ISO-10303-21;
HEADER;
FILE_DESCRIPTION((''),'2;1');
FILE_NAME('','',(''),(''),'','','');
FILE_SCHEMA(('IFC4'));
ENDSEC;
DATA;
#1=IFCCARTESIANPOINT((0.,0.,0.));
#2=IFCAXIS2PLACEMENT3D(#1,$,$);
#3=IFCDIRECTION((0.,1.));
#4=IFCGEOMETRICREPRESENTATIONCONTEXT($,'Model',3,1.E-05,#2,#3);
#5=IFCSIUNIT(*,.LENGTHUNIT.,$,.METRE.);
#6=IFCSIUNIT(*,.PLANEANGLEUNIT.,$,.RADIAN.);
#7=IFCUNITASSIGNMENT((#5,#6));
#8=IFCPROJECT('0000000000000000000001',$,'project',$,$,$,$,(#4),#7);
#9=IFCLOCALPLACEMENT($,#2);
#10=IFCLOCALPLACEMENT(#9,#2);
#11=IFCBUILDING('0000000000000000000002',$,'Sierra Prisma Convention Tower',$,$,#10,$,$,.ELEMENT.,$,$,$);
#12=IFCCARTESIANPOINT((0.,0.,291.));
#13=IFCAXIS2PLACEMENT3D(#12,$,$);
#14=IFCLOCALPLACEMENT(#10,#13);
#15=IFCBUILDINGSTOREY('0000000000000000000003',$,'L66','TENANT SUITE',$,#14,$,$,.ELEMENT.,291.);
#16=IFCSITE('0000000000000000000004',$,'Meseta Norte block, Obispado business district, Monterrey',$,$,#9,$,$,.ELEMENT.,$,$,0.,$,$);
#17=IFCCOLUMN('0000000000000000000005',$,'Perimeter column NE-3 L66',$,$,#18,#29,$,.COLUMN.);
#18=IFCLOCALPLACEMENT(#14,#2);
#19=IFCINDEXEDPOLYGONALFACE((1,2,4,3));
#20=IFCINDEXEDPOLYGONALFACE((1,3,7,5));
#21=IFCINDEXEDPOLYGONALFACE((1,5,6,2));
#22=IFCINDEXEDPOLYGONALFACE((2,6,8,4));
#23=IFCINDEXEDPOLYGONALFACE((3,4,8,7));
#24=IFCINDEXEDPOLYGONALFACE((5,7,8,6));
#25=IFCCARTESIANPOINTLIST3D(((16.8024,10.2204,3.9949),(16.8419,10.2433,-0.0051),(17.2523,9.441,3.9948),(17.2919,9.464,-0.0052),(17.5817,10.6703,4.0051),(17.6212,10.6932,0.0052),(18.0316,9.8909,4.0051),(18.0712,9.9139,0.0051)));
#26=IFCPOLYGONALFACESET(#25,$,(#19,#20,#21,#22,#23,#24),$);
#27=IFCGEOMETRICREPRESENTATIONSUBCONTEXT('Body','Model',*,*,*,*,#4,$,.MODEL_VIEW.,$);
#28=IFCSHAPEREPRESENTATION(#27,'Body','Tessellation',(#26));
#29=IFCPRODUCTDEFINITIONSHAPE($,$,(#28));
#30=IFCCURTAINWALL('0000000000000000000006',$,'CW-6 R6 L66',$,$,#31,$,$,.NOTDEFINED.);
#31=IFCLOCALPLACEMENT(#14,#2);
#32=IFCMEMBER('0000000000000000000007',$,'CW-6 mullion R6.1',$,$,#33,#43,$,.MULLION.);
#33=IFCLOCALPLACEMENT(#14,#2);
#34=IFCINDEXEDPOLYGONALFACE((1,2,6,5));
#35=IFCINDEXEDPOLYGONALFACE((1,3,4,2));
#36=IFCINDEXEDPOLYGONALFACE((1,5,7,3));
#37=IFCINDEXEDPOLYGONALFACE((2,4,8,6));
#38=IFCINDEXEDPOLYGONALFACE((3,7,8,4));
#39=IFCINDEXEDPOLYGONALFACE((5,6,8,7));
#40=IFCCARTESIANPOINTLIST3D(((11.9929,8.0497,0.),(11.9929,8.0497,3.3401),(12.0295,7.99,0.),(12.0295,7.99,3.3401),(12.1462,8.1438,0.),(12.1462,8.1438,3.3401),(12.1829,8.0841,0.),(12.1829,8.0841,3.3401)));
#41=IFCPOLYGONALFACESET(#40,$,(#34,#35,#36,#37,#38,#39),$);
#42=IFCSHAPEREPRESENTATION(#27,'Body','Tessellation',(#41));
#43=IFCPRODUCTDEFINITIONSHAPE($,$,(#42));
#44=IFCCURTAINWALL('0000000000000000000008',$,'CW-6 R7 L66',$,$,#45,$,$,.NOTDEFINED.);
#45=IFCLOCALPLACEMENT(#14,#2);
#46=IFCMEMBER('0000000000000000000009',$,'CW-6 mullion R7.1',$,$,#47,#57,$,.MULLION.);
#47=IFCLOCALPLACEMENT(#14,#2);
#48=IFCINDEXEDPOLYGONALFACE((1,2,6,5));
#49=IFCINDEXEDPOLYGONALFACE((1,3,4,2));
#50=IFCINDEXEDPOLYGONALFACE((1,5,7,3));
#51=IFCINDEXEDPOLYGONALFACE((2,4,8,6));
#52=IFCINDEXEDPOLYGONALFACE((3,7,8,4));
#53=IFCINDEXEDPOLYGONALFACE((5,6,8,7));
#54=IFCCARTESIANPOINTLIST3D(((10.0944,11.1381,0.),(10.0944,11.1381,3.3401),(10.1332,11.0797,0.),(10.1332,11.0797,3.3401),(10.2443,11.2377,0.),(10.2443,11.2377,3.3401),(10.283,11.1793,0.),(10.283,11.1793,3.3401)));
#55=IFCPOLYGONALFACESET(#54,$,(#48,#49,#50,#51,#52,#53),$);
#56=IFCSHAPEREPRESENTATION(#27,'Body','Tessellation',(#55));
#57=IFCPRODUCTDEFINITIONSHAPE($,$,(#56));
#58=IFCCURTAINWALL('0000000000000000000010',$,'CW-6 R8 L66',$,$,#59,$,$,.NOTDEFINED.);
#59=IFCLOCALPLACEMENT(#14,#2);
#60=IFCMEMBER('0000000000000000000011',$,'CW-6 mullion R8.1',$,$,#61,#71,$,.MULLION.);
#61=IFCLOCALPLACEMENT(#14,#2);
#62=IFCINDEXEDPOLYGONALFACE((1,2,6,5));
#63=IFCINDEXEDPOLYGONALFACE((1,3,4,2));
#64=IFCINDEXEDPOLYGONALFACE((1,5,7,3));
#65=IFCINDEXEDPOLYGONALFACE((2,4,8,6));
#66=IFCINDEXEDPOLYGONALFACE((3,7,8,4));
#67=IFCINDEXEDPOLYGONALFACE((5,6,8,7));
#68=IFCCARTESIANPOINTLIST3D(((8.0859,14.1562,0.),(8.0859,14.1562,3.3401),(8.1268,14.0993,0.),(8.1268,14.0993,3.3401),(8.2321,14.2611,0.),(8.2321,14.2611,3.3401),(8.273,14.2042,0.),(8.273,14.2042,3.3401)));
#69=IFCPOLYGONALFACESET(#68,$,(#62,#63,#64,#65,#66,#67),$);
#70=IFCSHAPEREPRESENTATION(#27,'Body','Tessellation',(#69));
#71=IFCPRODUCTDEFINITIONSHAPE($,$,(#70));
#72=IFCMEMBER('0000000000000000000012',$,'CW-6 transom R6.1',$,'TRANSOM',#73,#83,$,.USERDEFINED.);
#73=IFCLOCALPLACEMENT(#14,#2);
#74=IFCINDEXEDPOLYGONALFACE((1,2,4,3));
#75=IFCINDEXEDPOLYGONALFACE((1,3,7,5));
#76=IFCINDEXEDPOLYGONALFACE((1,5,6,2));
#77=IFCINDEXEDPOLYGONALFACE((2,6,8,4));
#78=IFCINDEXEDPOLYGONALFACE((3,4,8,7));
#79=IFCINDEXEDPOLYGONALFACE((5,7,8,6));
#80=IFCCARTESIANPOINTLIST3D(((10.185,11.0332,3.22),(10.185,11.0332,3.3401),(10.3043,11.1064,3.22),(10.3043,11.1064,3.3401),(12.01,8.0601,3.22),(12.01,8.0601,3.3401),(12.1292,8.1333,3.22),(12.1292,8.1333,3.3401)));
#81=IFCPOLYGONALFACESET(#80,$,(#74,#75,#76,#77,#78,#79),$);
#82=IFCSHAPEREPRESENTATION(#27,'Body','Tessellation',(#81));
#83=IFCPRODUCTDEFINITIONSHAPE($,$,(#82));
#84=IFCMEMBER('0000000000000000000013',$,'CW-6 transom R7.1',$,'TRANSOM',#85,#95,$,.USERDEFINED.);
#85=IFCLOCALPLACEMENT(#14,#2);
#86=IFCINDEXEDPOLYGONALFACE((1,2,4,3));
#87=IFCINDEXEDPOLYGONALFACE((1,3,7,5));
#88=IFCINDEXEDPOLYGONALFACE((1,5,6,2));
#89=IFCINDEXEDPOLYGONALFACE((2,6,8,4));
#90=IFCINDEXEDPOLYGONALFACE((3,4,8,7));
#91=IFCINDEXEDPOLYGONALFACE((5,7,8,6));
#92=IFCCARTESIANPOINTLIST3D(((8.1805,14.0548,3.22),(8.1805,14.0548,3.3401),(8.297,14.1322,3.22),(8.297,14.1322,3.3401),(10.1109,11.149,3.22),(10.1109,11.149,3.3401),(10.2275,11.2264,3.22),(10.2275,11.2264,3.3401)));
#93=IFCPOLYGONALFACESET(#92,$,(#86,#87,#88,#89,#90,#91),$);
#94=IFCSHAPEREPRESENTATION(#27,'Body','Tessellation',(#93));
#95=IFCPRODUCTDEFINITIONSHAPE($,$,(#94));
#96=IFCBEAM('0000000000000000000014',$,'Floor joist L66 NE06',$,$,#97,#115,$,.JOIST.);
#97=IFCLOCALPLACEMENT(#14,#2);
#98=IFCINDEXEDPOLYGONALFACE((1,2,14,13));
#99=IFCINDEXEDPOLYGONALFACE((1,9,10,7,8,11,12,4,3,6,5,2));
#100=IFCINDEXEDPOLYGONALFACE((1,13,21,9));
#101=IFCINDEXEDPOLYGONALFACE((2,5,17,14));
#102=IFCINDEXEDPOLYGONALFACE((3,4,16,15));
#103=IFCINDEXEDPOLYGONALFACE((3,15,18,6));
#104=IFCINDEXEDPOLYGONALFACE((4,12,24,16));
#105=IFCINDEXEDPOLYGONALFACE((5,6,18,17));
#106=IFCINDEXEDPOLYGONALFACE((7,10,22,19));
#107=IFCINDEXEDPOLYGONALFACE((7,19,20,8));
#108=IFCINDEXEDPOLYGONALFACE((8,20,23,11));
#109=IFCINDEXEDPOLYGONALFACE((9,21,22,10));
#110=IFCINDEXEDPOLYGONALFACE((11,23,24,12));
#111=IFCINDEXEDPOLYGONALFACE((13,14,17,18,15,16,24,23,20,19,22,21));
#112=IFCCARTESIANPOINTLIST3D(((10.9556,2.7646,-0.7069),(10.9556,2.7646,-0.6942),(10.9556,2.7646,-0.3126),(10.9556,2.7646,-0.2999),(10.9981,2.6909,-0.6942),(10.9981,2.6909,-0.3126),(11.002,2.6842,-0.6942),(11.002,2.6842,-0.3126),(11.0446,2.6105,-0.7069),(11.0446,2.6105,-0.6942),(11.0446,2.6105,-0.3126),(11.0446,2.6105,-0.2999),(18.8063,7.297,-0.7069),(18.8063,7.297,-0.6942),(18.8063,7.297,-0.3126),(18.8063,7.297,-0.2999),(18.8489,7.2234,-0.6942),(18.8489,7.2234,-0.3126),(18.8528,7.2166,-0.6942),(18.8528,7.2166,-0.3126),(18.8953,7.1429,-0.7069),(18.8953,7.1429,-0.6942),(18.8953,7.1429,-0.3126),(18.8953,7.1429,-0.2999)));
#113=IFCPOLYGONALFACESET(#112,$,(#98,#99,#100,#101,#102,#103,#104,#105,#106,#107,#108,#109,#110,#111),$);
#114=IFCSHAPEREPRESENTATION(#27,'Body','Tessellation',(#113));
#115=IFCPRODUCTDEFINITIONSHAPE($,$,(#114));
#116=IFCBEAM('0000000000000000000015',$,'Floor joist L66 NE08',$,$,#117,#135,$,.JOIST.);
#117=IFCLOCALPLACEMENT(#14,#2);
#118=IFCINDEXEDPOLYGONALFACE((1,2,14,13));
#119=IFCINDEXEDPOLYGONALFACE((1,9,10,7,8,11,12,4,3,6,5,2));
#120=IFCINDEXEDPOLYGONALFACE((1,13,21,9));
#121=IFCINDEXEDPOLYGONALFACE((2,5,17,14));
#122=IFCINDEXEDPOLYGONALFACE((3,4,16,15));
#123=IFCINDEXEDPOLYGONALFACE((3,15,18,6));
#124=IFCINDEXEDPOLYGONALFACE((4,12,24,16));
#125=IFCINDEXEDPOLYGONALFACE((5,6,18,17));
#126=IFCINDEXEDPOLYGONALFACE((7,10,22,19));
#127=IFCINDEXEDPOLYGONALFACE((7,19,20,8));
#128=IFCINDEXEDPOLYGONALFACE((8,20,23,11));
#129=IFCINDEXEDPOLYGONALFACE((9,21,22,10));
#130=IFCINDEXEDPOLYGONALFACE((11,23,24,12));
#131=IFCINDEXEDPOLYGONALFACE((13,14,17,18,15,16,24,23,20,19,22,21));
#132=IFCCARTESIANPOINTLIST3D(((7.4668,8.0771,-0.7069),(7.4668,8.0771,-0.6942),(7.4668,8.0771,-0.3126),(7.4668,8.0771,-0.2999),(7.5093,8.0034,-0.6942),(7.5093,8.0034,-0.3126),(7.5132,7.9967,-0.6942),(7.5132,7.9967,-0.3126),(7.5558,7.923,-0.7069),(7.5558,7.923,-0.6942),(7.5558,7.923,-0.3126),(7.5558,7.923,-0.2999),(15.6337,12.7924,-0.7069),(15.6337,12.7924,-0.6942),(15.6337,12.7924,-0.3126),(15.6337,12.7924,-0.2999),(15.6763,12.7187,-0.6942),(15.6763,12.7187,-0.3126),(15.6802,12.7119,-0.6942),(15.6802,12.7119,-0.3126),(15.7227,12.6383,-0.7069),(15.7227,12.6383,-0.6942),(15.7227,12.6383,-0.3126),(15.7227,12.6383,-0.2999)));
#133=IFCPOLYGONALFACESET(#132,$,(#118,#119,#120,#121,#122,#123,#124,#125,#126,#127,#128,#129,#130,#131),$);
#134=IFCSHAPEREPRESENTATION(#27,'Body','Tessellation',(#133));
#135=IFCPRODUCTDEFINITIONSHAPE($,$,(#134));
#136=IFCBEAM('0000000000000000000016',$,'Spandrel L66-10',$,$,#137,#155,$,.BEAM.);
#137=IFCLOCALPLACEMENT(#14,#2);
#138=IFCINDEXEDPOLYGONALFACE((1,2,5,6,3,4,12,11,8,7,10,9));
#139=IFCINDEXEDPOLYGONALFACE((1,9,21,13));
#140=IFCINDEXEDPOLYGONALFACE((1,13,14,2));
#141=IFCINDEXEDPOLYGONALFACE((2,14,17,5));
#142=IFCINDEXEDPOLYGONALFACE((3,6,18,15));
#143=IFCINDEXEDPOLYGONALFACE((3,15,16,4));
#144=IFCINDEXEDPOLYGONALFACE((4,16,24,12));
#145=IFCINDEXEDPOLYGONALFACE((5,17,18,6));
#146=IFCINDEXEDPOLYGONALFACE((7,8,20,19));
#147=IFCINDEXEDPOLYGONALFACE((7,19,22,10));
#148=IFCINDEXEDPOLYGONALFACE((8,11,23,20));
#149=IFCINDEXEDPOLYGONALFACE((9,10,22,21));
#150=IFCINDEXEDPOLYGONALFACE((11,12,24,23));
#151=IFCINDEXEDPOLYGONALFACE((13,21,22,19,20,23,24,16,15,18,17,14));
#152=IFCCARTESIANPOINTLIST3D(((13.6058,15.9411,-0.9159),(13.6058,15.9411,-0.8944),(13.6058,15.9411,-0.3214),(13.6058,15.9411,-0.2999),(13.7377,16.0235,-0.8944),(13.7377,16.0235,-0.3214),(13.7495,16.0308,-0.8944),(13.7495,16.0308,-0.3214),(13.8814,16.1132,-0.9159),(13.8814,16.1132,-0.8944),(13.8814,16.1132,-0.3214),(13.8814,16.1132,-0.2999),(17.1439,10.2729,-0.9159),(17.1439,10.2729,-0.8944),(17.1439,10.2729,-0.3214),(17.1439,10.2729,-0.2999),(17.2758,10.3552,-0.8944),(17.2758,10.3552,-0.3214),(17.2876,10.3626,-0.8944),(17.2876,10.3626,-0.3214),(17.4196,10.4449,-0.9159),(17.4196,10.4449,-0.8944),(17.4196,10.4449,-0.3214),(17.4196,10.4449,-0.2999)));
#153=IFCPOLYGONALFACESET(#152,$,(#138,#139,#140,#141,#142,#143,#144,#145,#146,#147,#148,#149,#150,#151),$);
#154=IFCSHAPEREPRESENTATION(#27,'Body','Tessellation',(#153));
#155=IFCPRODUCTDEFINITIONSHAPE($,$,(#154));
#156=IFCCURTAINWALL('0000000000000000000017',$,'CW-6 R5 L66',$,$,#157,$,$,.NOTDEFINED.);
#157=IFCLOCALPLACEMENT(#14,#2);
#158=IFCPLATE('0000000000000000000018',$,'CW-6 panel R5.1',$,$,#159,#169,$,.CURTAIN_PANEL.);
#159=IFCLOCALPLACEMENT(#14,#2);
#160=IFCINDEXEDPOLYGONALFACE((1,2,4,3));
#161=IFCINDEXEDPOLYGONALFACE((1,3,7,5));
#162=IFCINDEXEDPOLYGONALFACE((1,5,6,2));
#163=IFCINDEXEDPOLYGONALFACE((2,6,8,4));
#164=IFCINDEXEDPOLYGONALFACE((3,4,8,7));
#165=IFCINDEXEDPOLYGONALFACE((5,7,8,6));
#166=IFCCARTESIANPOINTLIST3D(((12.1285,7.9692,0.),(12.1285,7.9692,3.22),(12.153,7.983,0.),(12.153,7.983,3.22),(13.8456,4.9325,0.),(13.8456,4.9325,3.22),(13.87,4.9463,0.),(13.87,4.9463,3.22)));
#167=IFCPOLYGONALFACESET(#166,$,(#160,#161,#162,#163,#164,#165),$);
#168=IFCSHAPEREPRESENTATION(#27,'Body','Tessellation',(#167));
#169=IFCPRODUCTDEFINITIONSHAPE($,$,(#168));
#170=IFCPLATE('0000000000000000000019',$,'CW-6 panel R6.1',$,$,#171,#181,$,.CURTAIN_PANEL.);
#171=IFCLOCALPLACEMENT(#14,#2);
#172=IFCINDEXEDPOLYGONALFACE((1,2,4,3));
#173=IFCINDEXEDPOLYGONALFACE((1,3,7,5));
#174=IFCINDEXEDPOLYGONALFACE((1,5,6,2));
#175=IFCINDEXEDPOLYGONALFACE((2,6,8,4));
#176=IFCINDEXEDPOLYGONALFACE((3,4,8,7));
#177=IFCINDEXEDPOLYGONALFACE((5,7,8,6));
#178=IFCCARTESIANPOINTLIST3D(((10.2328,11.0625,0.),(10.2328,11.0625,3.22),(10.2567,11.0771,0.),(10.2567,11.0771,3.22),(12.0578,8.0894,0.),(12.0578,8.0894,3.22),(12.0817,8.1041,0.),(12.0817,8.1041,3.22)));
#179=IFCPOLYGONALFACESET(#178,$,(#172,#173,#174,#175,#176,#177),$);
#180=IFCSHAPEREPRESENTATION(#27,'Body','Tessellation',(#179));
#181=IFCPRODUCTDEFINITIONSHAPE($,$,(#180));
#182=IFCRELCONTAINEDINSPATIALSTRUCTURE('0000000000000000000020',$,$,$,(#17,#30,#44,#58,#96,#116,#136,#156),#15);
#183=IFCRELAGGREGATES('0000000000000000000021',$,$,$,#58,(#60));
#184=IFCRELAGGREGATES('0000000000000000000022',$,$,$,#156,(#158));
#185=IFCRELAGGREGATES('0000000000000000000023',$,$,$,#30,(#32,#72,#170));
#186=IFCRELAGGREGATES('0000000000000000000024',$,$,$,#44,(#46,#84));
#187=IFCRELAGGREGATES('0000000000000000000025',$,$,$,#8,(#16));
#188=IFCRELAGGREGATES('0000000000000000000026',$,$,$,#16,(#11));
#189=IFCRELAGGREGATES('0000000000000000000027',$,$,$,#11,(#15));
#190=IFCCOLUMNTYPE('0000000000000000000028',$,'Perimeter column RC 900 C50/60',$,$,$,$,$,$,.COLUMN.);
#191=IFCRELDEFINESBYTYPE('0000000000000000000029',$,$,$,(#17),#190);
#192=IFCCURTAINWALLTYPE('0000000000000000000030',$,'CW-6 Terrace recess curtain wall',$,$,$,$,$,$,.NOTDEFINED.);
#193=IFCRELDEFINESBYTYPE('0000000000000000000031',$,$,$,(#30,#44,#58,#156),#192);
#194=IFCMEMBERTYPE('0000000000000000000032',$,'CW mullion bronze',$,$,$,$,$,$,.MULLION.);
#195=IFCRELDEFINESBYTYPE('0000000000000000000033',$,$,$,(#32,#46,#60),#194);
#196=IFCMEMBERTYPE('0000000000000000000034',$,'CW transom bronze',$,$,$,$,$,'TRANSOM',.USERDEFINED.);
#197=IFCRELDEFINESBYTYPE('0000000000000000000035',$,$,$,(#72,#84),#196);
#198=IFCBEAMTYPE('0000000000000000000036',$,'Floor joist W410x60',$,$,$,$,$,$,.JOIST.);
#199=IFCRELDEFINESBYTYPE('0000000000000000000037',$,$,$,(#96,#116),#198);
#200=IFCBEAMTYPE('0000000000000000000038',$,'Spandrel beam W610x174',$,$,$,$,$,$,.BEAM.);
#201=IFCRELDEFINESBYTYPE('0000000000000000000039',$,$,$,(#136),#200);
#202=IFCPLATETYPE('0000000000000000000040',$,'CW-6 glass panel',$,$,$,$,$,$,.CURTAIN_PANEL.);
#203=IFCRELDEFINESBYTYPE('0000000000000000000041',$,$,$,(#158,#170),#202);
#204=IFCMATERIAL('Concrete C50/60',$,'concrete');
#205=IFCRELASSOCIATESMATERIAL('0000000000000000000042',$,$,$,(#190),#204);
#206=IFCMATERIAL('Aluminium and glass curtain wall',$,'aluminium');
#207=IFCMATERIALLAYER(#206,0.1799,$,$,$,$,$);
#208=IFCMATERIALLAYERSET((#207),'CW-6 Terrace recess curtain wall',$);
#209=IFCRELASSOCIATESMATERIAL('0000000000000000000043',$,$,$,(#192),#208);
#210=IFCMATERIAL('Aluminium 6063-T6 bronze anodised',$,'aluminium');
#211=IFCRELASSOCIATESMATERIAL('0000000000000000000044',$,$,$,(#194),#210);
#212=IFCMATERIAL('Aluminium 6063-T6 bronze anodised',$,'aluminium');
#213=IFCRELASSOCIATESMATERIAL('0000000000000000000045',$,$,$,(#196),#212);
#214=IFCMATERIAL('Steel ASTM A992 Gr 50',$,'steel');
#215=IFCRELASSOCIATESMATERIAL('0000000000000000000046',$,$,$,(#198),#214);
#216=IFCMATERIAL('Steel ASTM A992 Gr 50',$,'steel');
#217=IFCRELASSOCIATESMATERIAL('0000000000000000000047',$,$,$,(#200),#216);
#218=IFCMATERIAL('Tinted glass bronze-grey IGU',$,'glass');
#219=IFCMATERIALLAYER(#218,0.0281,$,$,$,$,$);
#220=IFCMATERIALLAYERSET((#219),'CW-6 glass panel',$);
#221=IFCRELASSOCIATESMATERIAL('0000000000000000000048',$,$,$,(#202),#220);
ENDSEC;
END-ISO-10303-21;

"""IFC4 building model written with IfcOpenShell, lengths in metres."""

from ifc_helpers import new_model, si_unit, direction, frame, origin, origin_2d, place, context, subcontext, project, spatial, rectangle, i_section, extrude, material, layer, layer_set, material_profile, profile_set, type_object, element, aggregate, save


model = new_model("IFC4")

# Units and contexts
model_context = context("Model", 3, precision=1e-05, world=origin(), true_north=direction((0.0, 1.0)))
body_context = subcontext(model_context, "Body", "Model", "MODEL_VIEW")
ifc_project = project(units=[si_unit("LENGTHUNIT", "METRE"), si_unit("PLANEANGLEUNIT", "RADIAN")], contexts=[model_context])

# Site, building, storey
site_placement = place(None, origin())
site = spatial("IfcSite", under=ifc_project, at=site_placement, Name="Meseta Norte block, Obispado business district, Monterrey", CompositionType="ELEMENT", RefElevation=0.0)
building_placement = place(site_placement, origin())
building = spatial("IfcBuilding", under=site, at=building_placement, Name="Sierra Prisma Convention Tower", CompositionType="ELEMENT")
storey_placement = place(building_placement, frame((0.0, 0.0, 291.0)))
storey = spatial("IfcBuildingStorey", under=building, at=storey_placement, Name="L66", Description="TENANT SUITE", CompositionType="ELEMENT", Elevation=291.0)

# Column
ifc_material_1 = material(Name="Concrete C50/60", Category="concrete")
ifc_material_profile_1 = material_profile(ifc_material_1, rectangle(XDim=0.8999, YDim=0.8999, at=origin_2d()), Name="Perimeter column RC 900 C50/60")
ifc_profile_set_1 = profile_set([ifc_material_profile_1], Name="Concrete C50/60")
column_type = type_object("IfcColumnType", Name="Perimeter column RC 900 C50/60", PredefinedType="COLUMN", material=ifc_profile_set_1)
column_placement = place(storey_placement, frame((17.4565, 10.0786, 0.0), z_axis=(-0.009887, -0.005737, 0.999935), x_axis=(-0.499976, 0.86604, 0.000025)))
element("IfcColumn", 1, at=column_placement, inside=storey, type_object=column_type, Name="Perimeter column NE-3 L66", PredefinedType="COLUMN", context=body_context, shape_type="SweptSolid", body=[
    extrude(rectangle(XDim=0.8999, YDim=0.8999, at=origin_2d()), origin(), (0.0, 0.0, 1.0), 4.0002),
])

# Curtain walls, members
ifc_material_2 = material(Name="Aluminium and glass curtain wall", Category="aluminium")
ifc_layer_1 = layer(ifc_material_2, 0.1799)
ifc_layer_set_1 = layer_set([ifc_layer_1], Name="CW-6 Terrace recess curtain wall")
curtain_wall_type = type_object("IfcCurtainWallType", Name="CW-6 Terrace recess curtain wall", PredefinedType="NOTDEFINED", material=ifc_layer_set_1)
curtain_wall_1_placement = place(storey_placement, origin())
curtain_wall_1 = element("IfcCurtainWall", 2, at=curtain_wall_1_placement, inside=storey, type_object=curtain_wall_type, Name="CW-6 R6 L66", PredefinedType="NOTDEFINED")
ifc_material_3 = material(Name="Aluminium 6063-T6 bronze anodised", Category="aluminium")
ifc_material_profile_2 = material_profile(ifc_material_3, rectangle(XDim=0.1799, YDim=0.0701, at=origin_2d()), Name="ALU MULLION 70x180")
ifc_profile_set_2 = profile_set([ifc_material_profile_2], Name="Aluminium 6063-T6 bronze anodised")
member_type_1 = type_object("IfcMemberType", Name="CW mullion bronze", PredefinedType="MULLION", material=ifc_profile_set_2)
member_1_placement = place(storey_placement, frame((12.0879, 8.0669, 0.0), z_axis=(0.0, 0.0, 1.0), x_axis=(-0.852247, -0.52314, 0.0)))
member_1 = element("IfcMember", 3, at=member_1_placement, type_object=member_type_1, Name="CW-6 mullion R6.1", PredefinedType="MULLION", context=body_context, shape_type="SweptSolid", body=[
    extrude(rectangle(XDim=0.1799, YDim=0.0701, at=origin_2d()), origin(), (0.0, 0.0, 1.0), 3.3401),
])
curtain_wall_2_placement = place(storey_placement, origin())
curtain_wall_2 = element("IfcCurtainWall", 4, at=curtain_wall_2_placement, inside=storey, type_object=curtain_wall_type, Name="CW-6 R7 L66", PredefinedType="NOTDEFINED")
member_2_placement = place(storey_placement, frame((10.1887, 11.1587, 0.0), z_axis=(0.0, 0.0, 1.0), x_axis=(-0.832915, -0.553401, 0.0)))
member_2 = element("IfcMember", 5, at=member_2_placement, type_object=member_type_1, Name="CW-6 mullion R7.1", PredefinedType="MULLION", context=body_context, shape_type="SweptSolid", body=[
    extrude(rectangle(XDim=0.1799, YDim=0.0701, at=origin_2d()), origin(), (0.0, 0.0, 1.0), 3.3401),
])
curtain_wall_3_placement = place(storey_placement, origin())
curtain_wall_3 = element("IfcCurtainWall", 6, at=curtain_wall_3_placement, inside=storey, type_object=curtain_wall_type, Name="CW-6 R8 L66", PredefinedType="NOTDEFINED")
member_3_placement = place(storey_placement, frame((8.1794, 14.1802, 0.0), z_axis=(0.0, 0.0, 1.0), x_axis=(-0.81251, -0.582948, 0.0)))
member_3 = element("IfcMember", 7, at=member_3_placement, type_object=member_type_1, Name="CW-6 mullion R8.1", PredefinedType="MULLION", context=body_context, shape_type="SweptSolid", body=[
    extrude(rectangle(XDim=0.1799, YDim=0.0701, at=origin_2d()), origin(), (0.0, 0.0, 1.0), 3.3401),
])
aggregate(curtain_wall_3, [member_3])

# Members
ifc_material_4 = material(Name="Aluminium 6063-T6 bronze anodised", Category="aluminium")
ifc_material_profile_3 = material_profile(ifc_material_4, rectangle(XDim=0.1399, YDim=0.1201, at=origin_2d()), Name="ALU TRANSOM 120x140")
ifc_profile_set_3 = profile_set([ifc_material_profile_3], Name="Aluminium 6063-T6 bronze anodised")
member_type_2 = type_object("IfcMemberType", Name="CW transom bronze", ElementType="TRANSOM", PredefinedType="USERDEFINED", material=ifc_profile_set_3)
member_4_placement = place(storey_placement, frame((12.0696, 8.0967, 3.28), z_axis=(-0.523125, 0.852256, 0.0), x_axis=(-0.852256, -0.523125, 0.0)))
member_4 = element("IfcMember", 8, at=member_4_placement, type_object=member_type_2, Name="CW-6 transom R6.1", ObjectType="TRANSOM", PredefinedType="USERDEFINED", context=body_context, shape_type="SweptSolid", body=[
    extrude(rectangle(XDim=0.1399, YDim=0.1201, at=origin_2d()), origin(), (0.0, 0.0, 1.0), 3.4885),
])
member_5_placement = place(storey_placement, frame((10.1692, 11.1877, 3.28), z_axis=(-0.553359, 0.832943, 0.0), x_axis=(-0.832943, -0.553359, 0.0)))
member_5 = element("IfcMember", 9, at=member_5_placement, type_object=member_type_2, Name="CW-6 transom R7.1", ObjectType="TRANSOM", PredefinedType="USERDEFINED", context=body_context, shape_type="SweptSolid", body=[
    extrude(rectangle(XDim=0.1399, YDim=0.1201, at=origin_2d()), origin(), (0.0, 0.0, 1.0), 3.4885),
])

# Beams
ifc_material_5 = material(Name="Steel ASTM A992 Gr 50", Category="steel")
ifc_material_profile_4 = material_profile(ifc_material_5, i_section(OverallWidth=0.178, OverallDepth=0.407, WebThickness=0.0078, FlangeThickness=0.0127, at=origin_2d()), Name="W410x60")
ifc_profile_set_4 = profile_set([ifc_material_profile_4], Name="Steel ASTM A992 Gr 50")
beam_type_1 = type_object("IfcBeamType", Name="Floor joist W410x60", PredefinedType="JOIST", material=ifc_profile_set_4)
beam_1_placement = place(storey_placement, frame((18.8508, 7.22, -0.5034), z_axis=(-0.866035, -0.499983, 0.0), x_axis=(0.499983, -0.866035, 0.0)))
element("IfcBeam", 10, at=beam_1_placement, inside=storey, type_object=beam_type_1, Name="Floor joist L66 NE06", PredefinedType="JOIST", context=body_context, shape_type="SweptSolid", body=[
    extrude(i_section(OverallWidth=0.178, OverallDepth=0.407, WebThickness=0.0078, FlangeThickness=0.0127, at=origin_2d()), origin(), (0.0, 0.0, 1.0), 9.0652),
])
beam_2_placement = place(storey_placement, frame((15.6782, 12.7153, -0.5034), z_axis=(-0.86602, -0.500009, 0.0), x_axis=(0.500009, -0.86602, 0.0)))
element("IfcBeam", 11, at=beam_2_placement, inside=storey, type_object=beam_type_1, Name="Floor joist L66 NE08", PredefinedType="JOIST", context=body_context, shape_type="SweptSolid", body=[
    extrude(i_section(OverallWidth=0.178, OverallDepth=0.407, WebThickness=0.0078, FlangeThickness=0.0127, at=origin_2d()), origin(), (0.0, 0.0, 1.0), 9.4304),
])
ifc_material_6 = material(Name="Steel ASTM A992 Gr 50", Category="steel")
ifc_material_profile_5 = material_profile(ifc_material_6, i_section(OverallWidth=0.325, OverallDepth=0.616, WebThickness=0.0139, FlangeThickness=0.0215, at=origin_2d()), Name="W610x174")
ifc_profile_set_5 = profile_set([ifc_material_profile_5], Name="Steel ASTM A992 Gr 50")
beam_type_2 = type_object("IfcBeamType", Name="Spandrel beam W610x174", PredefinedType="BEAM", material=ifc_profile_set_5)
beam_3_placement = place(storey_placement, frame((17.2817, 10.3589, -0.6079), z_axis=(-0.529509, 0.848304, 0.0), x_axis=(-0.848304, -0.529509, 0.0)))
element("IfcBeam", 12, at=beam_3_placement, inside=storey, type_object=beam_type_2, Name="Spandrel L66-10", PredefinedType="BEAM", context=body_context, shape_type="SweptSolid", body=[
    extrude(i_section(OverallWidth=0.325, OverallDepth=0.616, WebThickness=0.0139, FlangeThickness=0.0215, at=origin_2d()), origin(), (0.0, 0.0, 1.0), 6.6819),
])

# Curtain wall, plate
curtain_wall_4_placement = place(storey_placement, origin())
curtain_wall_4 = element("IfcCurtainWall", 13, at=curtain_wall_4_placement, inside=storey, type_object=curtain_wall_type, Name="CW-6 R5 L66", PredefinedType="NOTDEFINED")
ifc_material_7 = material(Name="Tinted glass bronze-grey IGU", Category="glass")
ifc_layer_2 = layer(ifc_material_7, 0.0281)
ifc_layer_set_2 = layer_set([ifc_layer_2], Name="CW-6 glass panel")
plate_type = type_object("IfcPlateType", Name="CW-6 glass panel", PredefinedType="CURTAIN_PANEL", material=ifc_layer_set_2)
plate_1_placement = place(storey_placement, frame((12.9993, 6.4578, 0.0), z_axis=(0.0, 0.0, 1.0), x_axis=(-0.492205, 0.870479, 0.0)))
plate_1 = element("IfcPlate", 14, at=plate_1_placement, type_object=plate_type, Name="CW-6 panel R5.1", PredefinedType="CURTAIN_PANEL", context=body_context, shape_type="SweptSolid", body=[
    extrude(rectangle(XDim=3.4885, YDim=0.0281, at=origin_2d()), origin(), (0.0, 0.0, 1.0), 3.22),
])
aggregate(curtain_wall_4, [plate_1])

# Plate
plate_2_placement = place(storey_placement, frame((11.1572, 9.5833, 0.0), z_axis=(0.0, 0.0, 1.0), x_axis=(-0.52314, 0.852247, 0.0)))
plate_2 = element("IfcPlate", 15, at=plate_2_placement, type_object=plate_type, Name="CW-6 panel R6.1", PredefinedType="CURTAIN_PANEL", context=body_context, shape_type="SweptSolid", body=[
    extrude(rectangle(XDim=3.4885, YDim=0.0281, at=origin_2d()), origin(), (0.0, 0.0, 1.0), 3.22),
])
aggregate(curtain_wall_1, [member_1, member_4, plate_2])
aggregate(curtain_wall_2, [member_2, member_5])

save(model, "model.ifc")
